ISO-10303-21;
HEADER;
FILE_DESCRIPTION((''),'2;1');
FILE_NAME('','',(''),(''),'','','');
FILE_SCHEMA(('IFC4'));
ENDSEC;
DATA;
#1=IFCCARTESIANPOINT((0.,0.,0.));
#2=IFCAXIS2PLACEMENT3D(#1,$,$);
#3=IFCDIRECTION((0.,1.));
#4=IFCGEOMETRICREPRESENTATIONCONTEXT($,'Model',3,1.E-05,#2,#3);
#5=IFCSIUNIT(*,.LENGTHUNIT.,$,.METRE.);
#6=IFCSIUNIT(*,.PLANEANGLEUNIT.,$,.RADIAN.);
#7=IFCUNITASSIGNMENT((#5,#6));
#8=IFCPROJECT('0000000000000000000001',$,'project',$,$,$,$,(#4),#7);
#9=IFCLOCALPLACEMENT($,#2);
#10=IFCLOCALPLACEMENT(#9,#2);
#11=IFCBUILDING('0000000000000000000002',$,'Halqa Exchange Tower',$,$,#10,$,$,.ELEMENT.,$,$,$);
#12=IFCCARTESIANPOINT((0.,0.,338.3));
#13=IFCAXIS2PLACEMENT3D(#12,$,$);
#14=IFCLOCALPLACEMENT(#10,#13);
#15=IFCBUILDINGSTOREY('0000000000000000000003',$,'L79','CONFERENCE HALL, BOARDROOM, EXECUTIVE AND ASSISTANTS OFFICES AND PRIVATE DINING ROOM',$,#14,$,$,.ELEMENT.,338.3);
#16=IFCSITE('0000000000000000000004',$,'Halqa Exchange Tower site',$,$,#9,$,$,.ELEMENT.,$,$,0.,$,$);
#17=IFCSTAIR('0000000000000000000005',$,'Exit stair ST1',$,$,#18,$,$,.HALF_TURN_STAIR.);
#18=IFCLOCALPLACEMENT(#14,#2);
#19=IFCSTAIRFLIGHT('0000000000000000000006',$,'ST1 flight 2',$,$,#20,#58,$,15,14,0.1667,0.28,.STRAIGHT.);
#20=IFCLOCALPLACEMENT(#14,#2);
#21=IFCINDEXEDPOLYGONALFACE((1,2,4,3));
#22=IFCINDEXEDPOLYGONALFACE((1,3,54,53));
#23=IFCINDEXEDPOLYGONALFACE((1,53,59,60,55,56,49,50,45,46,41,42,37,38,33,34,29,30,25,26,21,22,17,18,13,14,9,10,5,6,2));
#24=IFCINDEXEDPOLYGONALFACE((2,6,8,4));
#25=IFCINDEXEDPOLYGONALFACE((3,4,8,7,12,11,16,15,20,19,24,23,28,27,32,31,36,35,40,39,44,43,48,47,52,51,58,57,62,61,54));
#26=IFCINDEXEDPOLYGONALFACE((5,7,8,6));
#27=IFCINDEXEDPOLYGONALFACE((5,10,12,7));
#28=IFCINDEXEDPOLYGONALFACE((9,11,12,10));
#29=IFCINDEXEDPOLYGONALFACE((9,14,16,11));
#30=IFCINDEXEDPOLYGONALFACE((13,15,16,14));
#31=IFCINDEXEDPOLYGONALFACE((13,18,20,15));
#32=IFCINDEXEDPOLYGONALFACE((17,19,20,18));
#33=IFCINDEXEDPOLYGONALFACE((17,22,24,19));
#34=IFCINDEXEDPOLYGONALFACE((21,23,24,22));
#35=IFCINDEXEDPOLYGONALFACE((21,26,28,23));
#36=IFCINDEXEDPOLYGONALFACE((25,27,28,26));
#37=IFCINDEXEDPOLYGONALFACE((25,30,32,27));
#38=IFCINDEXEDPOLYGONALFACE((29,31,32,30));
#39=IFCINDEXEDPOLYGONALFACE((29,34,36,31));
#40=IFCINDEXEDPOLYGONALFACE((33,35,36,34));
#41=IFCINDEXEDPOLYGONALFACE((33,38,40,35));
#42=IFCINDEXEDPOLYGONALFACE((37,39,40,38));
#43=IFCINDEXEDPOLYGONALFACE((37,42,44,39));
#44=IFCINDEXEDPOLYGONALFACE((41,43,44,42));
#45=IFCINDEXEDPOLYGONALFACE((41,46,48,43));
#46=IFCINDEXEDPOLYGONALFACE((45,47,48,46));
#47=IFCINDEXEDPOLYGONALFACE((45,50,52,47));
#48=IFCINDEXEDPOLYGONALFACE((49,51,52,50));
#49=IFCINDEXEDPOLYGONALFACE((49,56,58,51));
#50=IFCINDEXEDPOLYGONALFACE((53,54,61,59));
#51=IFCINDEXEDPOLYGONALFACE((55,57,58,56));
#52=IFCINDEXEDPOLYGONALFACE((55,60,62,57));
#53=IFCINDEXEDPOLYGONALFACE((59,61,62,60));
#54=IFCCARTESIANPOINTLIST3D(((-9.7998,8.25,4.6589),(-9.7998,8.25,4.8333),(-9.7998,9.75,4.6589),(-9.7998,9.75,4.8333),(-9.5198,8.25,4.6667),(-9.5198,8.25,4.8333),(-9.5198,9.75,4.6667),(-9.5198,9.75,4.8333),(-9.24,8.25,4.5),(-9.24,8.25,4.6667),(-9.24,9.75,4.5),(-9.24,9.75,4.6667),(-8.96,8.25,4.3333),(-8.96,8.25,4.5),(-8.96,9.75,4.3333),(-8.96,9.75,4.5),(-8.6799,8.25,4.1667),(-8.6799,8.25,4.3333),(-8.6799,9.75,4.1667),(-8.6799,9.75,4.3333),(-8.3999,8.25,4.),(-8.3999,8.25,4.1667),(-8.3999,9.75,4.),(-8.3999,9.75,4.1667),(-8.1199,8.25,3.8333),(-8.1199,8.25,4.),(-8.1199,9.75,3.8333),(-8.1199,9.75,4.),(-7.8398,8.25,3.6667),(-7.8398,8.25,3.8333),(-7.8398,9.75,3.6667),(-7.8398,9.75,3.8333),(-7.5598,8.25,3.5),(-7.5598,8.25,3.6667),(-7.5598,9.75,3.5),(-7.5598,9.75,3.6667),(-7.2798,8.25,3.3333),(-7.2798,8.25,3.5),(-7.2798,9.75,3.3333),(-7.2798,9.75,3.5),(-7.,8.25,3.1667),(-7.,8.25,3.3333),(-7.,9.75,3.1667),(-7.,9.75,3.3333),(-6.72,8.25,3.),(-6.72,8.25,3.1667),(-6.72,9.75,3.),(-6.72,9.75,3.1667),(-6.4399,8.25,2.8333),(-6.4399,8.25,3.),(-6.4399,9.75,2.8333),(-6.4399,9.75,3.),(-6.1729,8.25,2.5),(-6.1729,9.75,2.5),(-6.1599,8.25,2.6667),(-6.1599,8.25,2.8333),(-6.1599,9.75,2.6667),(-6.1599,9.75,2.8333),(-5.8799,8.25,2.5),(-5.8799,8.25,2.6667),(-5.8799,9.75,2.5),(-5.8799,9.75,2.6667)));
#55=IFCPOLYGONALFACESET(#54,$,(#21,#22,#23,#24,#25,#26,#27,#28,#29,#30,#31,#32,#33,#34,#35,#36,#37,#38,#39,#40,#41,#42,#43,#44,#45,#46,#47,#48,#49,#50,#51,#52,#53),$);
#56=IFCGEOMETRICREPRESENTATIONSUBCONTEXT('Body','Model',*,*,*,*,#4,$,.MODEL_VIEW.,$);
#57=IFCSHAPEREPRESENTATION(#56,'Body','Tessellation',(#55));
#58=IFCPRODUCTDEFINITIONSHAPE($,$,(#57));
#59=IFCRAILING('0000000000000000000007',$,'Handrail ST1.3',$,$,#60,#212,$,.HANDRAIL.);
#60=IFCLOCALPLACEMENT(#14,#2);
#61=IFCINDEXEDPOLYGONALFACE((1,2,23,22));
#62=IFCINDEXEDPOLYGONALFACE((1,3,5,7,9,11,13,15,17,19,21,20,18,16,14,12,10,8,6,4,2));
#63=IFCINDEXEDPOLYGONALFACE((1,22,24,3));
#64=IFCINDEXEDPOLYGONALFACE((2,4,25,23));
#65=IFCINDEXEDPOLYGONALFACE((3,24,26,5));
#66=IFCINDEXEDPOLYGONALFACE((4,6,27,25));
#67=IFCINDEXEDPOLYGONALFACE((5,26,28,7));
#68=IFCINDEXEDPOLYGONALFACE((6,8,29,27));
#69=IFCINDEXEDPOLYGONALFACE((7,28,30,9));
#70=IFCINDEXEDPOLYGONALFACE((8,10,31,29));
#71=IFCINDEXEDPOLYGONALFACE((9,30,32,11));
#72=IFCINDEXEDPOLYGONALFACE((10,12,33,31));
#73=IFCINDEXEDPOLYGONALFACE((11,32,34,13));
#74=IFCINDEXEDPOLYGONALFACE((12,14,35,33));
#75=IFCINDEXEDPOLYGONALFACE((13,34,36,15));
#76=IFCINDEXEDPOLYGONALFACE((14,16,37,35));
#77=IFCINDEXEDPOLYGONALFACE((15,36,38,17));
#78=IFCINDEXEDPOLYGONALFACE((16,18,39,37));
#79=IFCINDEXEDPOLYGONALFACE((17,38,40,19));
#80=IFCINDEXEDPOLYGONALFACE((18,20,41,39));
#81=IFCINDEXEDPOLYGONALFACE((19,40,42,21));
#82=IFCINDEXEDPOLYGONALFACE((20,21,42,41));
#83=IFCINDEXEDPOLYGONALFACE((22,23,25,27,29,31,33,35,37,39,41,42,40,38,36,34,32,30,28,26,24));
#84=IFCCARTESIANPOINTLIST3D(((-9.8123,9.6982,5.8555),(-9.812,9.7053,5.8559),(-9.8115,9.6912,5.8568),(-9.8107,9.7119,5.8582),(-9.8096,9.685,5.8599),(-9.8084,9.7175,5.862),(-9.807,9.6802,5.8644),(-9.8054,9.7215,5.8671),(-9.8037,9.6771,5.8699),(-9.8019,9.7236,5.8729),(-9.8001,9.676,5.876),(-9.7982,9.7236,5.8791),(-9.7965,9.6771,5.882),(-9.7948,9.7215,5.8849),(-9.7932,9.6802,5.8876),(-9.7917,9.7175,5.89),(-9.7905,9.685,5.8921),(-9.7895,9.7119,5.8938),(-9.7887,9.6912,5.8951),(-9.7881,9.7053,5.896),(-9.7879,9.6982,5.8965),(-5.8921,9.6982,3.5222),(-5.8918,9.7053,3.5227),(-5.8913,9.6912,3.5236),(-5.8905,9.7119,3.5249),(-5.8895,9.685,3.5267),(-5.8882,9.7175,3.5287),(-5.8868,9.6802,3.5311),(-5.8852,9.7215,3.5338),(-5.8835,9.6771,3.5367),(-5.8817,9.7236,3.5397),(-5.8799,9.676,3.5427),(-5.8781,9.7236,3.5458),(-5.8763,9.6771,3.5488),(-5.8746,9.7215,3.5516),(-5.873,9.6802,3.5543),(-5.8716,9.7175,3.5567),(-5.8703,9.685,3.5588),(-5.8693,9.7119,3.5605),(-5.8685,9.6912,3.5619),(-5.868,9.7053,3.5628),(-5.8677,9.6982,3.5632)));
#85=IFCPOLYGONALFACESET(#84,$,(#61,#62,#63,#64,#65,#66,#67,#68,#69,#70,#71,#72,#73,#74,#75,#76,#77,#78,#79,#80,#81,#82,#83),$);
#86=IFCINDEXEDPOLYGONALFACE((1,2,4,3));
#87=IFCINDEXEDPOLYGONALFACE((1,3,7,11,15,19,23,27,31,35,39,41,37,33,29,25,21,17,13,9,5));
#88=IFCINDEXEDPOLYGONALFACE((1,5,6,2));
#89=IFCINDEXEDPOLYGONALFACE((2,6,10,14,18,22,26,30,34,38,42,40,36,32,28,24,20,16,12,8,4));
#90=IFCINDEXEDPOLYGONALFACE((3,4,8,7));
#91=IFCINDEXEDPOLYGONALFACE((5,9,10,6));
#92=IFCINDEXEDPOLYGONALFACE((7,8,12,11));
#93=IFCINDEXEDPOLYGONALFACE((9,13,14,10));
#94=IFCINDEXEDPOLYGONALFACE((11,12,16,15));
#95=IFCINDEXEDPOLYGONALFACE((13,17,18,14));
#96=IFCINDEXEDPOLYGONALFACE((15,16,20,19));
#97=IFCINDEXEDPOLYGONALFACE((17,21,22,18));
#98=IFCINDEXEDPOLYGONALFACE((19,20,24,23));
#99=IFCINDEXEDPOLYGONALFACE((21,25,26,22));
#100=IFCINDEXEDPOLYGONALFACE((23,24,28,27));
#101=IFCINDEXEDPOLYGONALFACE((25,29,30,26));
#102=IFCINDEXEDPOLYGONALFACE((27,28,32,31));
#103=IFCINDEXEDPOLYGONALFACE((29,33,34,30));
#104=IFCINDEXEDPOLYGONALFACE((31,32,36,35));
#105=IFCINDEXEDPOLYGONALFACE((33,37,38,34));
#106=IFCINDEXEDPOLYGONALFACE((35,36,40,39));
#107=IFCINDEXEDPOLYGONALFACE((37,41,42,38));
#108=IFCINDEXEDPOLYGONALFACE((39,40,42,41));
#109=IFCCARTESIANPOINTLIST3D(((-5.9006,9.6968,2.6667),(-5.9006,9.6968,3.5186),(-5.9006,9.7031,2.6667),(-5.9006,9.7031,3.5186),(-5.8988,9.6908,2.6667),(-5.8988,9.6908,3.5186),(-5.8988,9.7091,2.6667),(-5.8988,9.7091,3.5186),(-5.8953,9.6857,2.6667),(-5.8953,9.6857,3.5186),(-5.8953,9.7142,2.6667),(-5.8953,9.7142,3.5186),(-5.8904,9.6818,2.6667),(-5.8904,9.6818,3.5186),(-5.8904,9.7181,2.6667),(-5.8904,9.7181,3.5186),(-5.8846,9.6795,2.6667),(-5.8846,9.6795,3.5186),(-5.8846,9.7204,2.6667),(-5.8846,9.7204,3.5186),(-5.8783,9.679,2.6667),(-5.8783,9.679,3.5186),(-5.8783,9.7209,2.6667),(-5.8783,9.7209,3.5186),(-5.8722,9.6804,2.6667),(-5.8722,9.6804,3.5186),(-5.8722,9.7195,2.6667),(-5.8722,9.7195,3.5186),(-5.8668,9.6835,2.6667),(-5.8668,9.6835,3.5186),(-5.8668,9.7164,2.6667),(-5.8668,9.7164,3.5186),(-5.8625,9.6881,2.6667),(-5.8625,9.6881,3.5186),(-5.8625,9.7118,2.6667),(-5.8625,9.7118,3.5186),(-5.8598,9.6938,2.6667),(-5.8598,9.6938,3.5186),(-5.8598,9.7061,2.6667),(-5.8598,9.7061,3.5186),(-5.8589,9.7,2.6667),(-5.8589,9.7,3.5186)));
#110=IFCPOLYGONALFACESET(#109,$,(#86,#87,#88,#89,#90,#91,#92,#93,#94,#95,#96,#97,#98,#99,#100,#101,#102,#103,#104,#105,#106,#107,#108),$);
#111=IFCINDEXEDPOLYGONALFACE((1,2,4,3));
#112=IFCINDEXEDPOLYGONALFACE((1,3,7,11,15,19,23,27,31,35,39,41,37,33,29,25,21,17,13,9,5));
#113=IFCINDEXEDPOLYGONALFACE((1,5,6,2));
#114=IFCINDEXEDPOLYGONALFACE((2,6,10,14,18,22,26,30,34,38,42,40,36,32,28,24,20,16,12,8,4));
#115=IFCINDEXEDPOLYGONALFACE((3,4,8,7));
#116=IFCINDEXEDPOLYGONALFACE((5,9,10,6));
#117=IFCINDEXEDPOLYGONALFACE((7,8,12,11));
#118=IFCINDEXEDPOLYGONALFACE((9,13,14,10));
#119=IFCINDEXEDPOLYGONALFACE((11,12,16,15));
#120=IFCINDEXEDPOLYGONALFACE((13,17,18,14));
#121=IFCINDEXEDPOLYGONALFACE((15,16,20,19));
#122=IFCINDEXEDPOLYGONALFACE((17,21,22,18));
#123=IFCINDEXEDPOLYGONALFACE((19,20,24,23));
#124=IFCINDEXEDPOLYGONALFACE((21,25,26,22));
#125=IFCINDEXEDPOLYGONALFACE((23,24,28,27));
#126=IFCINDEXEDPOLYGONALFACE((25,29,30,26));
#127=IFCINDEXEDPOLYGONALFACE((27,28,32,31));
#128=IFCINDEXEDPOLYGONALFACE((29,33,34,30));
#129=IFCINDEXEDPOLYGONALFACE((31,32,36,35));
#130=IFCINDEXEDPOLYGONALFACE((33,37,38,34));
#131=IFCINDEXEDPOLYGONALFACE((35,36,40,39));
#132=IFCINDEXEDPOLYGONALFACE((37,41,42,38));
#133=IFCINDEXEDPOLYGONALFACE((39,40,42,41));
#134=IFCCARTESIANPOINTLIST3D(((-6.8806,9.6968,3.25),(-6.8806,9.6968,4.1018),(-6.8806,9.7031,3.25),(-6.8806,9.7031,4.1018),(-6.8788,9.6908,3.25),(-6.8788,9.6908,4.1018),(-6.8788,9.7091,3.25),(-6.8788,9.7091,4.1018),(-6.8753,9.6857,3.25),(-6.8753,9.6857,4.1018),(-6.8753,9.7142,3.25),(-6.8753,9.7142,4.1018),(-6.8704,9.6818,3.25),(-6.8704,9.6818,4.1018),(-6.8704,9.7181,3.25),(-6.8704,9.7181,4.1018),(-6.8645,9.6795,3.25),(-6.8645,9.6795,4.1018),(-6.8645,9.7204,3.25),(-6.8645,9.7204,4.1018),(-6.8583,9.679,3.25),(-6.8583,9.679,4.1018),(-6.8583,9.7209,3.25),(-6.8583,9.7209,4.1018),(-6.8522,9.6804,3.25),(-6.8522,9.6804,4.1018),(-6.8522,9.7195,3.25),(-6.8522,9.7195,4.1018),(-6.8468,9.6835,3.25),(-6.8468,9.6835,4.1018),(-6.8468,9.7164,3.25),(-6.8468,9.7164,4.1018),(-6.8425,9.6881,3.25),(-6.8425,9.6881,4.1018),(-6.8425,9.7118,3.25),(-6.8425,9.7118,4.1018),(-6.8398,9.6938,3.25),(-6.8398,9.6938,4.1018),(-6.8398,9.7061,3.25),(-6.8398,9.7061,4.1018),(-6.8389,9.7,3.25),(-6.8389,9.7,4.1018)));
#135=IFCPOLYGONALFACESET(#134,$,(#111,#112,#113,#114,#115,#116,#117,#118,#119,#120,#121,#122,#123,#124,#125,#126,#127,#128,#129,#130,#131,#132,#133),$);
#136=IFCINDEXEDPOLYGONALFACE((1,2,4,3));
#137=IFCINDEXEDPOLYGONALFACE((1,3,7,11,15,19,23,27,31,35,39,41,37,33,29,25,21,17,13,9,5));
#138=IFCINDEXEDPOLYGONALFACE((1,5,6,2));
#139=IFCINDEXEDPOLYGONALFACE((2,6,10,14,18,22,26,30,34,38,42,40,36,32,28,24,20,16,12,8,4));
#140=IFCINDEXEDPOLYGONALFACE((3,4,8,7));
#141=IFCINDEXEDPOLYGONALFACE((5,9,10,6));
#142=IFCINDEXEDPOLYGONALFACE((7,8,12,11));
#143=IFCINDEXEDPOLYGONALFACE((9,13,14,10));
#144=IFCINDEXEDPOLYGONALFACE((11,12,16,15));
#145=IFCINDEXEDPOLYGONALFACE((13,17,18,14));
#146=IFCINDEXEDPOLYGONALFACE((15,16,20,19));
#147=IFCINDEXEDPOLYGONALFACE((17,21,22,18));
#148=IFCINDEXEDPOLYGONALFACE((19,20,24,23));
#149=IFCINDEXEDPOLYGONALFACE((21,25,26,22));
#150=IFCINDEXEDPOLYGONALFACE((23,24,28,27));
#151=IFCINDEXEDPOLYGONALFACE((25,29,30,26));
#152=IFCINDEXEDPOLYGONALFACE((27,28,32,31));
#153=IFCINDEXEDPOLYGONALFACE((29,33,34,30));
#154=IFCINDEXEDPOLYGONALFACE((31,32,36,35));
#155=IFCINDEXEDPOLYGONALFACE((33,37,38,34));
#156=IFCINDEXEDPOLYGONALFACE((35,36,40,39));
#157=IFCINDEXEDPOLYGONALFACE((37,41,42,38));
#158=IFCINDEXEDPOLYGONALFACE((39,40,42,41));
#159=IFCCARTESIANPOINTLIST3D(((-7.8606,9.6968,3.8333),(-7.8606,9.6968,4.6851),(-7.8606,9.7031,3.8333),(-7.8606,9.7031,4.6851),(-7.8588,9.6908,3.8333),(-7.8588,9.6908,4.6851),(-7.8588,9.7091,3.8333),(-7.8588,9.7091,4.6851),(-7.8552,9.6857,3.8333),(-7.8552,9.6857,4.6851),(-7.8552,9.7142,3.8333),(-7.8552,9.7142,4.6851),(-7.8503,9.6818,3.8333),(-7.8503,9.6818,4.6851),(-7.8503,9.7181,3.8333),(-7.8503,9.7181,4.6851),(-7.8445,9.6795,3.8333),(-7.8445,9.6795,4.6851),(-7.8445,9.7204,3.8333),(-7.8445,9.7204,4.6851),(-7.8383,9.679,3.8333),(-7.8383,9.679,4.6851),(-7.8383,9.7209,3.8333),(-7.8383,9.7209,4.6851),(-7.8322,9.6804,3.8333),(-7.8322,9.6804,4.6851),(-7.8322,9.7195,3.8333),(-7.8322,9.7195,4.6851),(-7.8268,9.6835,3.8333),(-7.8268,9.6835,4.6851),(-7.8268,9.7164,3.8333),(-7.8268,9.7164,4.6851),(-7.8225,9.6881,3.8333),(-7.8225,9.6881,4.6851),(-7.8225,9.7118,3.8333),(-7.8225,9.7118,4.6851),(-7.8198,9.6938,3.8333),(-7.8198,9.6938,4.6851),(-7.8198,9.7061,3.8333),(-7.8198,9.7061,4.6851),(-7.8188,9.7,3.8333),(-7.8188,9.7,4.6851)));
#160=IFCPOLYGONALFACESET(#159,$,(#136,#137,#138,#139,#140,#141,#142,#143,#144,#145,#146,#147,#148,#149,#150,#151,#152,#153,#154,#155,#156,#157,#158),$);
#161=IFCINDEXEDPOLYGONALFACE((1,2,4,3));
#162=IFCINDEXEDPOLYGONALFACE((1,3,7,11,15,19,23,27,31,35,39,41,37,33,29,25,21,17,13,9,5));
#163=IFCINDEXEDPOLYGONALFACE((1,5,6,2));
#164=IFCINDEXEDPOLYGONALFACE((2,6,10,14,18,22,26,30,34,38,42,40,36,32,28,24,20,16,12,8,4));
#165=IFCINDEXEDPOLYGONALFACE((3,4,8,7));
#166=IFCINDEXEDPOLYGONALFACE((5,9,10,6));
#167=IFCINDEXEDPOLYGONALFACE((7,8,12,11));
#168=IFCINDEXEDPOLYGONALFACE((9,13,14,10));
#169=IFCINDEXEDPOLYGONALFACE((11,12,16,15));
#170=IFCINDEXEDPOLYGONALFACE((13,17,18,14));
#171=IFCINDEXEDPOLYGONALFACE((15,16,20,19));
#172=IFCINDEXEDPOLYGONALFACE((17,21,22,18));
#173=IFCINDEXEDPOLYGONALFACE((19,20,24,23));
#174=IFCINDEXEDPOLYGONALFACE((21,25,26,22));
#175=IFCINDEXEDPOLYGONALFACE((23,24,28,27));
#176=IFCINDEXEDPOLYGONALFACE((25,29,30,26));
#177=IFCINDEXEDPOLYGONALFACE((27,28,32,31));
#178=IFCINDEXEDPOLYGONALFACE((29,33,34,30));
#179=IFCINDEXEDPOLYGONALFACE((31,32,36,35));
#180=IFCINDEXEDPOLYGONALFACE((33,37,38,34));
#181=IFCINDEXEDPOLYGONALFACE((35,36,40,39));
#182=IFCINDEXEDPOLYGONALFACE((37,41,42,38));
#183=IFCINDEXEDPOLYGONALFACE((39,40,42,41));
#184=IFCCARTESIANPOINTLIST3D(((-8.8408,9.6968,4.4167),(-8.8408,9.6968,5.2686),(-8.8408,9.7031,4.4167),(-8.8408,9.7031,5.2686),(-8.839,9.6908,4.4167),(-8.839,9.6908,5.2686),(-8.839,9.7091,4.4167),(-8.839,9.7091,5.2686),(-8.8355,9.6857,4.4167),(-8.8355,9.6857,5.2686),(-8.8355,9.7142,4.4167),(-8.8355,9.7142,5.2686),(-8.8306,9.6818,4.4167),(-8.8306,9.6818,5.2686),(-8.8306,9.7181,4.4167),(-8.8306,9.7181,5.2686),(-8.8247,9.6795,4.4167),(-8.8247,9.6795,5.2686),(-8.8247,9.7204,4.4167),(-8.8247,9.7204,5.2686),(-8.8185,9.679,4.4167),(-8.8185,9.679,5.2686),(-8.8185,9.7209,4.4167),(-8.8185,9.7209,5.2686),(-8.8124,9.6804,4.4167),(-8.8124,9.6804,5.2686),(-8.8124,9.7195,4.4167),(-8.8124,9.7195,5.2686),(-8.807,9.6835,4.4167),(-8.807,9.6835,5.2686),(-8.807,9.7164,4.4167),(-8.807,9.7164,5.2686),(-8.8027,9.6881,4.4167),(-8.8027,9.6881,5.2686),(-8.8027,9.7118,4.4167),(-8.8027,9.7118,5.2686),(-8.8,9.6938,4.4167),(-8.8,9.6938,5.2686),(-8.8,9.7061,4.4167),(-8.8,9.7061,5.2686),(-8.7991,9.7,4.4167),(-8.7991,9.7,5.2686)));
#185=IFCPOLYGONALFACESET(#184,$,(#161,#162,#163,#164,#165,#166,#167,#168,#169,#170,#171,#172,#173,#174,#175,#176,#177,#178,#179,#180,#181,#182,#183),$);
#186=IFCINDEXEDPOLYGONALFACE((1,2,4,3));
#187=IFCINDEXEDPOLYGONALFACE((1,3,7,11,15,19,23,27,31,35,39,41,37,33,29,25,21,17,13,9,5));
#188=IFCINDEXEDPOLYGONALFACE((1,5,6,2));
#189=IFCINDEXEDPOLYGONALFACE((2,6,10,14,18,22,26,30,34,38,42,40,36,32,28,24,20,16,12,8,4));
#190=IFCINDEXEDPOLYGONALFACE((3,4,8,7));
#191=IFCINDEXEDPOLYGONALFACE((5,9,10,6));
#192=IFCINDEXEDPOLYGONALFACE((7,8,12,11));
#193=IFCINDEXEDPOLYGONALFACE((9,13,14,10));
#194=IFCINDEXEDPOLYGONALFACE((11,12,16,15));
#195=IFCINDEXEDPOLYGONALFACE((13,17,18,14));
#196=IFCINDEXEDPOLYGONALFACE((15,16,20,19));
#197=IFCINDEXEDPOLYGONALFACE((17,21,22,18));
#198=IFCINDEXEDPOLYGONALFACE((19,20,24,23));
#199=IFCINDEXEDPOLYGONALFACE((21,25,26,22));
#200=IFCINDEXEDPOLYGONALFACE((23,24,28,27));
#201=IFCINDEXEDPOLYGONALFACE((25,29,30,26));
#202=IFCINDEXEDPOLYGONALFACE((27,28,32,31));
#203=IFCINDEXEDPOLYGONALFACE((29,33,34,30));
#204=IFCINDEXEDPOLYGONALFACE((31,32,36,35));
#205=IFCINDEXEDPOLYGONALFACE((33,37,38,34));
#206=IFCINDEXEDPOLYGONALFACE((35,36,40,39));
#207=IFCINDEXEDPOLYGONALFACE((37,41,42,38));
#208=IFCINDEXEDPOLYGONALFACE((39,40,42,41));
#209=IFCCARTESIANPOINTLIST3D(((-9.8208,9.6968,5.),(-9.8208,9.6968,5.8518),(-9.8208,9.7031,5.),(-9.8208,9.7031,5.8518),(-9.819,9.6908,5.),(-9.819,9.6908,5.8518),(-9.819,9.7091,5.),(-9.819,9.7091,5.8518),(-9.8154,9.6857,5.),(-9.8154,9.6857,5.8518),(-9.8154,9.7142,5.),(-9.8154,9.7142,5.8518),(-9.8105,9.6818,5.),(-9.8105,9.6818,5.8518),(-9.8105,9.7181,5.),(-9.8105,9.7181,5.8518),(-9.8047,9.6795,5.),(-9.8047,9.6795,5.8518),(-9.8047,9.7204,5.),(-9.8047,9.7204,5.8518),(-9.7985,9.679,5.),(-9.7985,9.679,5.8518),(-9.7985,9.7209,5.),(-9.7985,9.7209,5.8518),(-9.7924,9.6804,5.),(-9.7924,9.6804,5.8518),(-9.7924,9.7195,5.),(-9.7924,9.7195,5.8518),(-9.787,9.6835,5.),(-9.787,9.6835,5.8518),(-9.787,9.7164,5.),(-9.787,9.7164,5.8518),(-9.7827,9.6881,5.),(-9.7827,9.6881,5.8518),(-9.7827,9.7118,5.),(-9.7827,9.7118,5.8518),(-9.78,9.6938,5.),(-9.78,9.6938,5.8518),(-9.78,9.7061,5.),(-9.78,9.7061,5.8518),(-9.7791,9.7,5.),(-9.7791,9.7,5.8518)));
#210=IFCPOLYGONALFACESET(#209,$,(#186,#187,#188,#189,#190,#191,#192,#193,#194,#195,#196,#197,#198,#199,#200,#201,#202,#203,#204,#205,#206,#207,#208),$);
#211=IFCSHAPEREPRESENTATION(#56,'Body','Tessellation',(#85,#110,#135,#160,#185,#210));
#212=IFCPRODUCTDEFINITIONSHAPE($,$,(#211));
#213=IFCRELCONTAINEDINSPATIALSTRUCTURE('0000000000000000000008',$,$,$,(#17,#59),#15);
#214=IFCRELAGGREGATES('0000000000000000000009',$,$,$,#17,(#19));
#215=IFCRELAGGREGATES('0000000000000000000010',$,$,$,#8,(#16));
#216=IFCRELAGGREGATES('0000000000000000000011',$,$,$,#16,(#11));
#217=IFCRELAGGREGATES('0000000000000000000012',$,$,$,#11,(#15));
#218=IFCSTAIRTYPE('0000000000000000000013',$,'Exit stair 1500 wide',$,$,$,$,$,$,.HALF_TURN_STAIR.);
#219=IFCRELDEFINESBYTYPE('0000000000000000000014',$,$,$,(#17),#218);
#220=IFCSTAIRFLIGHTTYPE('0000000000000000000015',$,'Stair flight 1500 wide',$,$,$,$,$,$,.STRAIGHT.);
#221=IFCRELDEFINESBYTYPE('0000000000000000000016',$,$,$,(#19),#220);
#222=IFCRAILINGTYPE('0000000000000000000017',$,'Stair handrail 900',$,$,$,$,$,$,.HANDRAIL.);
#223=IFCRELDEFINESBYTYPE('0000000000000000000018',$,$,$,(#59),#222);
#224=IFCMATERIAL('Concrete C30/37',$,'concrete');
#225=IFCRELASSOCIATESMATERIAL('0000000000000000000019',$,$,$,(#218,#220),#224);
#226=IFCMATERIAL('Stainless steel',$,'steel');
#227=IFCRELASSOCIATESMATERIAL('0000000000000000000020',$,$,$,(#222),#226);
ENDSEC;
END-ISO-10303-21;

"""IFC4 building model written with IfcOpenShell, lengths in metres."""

from ifc_helpers import new_model, si_unit, direction, frame, origin, origin_2d, place, context, subcontext, project, spatial, polyline, circle, outline, extrude, material, type_object, element, aggregate, save


model = new_model("IFC4")

# Units and contexts
model_context = context("Model", 3, precision=1e-05, world=origin(), true_north=direction((0.0, 1.0)))
body_context = subcontext(model_context, "Body", "Model", "MODEL_VIEW")
ifc_project = project(units=[si_unit("LENGTHUNIT", "METRE"), si_unit("PLANEANGLEUNIT", "RADIAN")], contexts=[model_context])

# Site, building, storey
site_placement = place(None, origin())
site = spatial("IfcSite", under=ifc_project, at=site_placement, Name="Halqa Exchange Tower site", CompositionType="ELEMENT", RefElevation=0.0)
building_placement = place(site_placement, origin())
building = spatial("IfcBuilding", under=site, at=building_placement, Name="Halqa Exchange Tower", CompositionType="ELEMENT")
storey_placement = place(building_placement, frame((0.0, 0.0, 338.3)))
storey = spatial("IfcBuildingStorey", under=building, at=storey_placement, Name="L79", Description="CONFERENCE HALL, BOARDROOM, EXECUTIVE AND ASSISTANTS OFFICES AND PRIVATE DINING ROOM", CompositionType="ELEMENT", Elevation=338.3)

# Shared definitions
ifc_material_1 = material(Name="Concrete C30/37", Category="concrete")

# Stair, stair flight
stair_type = type_object("IfcStairType", Name="Exit stair 1500 wide", PredefinedType="HALF_TURN_STAIR", material=ifc_material_1)
stair_placement = place(storey_placement, origin())
stair = element("IfcStair", 1, at=stair_placement, inside=storey, type_object=stair_type, Name="Exit stair ST1", PredefinedType="HALF_TURN_STAIR")
stair_flight_type = type_object("IfcStairFlightType", Name="Stair flight 1500 wide", PredefinedType="STRAIGHT", material=ifc_material_1)
stair_flight_1_placement = place(storey_placement, frame((-5.8799, 9.0, 2.5), z_axis=(0.0, 0.0, 1.0), x_axis=(-1.0, 0.0, 0.0)))
stair_flight_1 = element("IfcStairFlight", 2, at=stair_flight_1_placement, type_object=stair_flight_type, Name="ST1 flight 2", NumberOfRisers=15, NumberOfTreads=14, PredefinedType="STRAIGHT", RiserHeight=0.1667, TreadLength=0.28, context=body_context, shape_type="SweptSolid", body=[
    extrude(outline(polyline([(0.0, 0.0), (0.0, 0.1667), (0.28, 0.1667), (0.28, 0.3333), (0.5601, 0.3333), (0.5601, 0.5), (0.8401, 0.5), (0.8401, 0.6667), (1.1201, 0.6667), (1.1201, 0.8333), (1.3999, 0.8333), (1.3999, 1.0), (1.6799, 1.0), (1.6799, 1.1667), (1.96, 1.1667), (1.96, 1.3333), (2.24, 1.3333), (2.24, 1.5), (2.52, 1.5), (2.52, 1.6667), (2.8, 1.6667), (2.8, 1.8333), (3.0801, 1.8333), (3.0801, 2.0), (3.3601, 2.0), (3.3601, 2.1667), (3.6399, 2.1667), (3.6399, 2.3333), (3.9199, 2.3333), (3.9199, 2.5), (3.9199, 2.1589), (0.293, 0.0), (0.0, 0.0)])), frame((0.0, 0.75, 0.0), z_axis=(0.0, -1.0, 0.0), x_axis=(1.0, 0.0, 0.0)), (0.0, 0.0, 1.0), 1.5),
])
aggregate(stair, [stair_flight_1])

# Railing
ifc_material_2 = material(Name="Stainless steel", Category="steel")
railing_type = type_object("IfcRailingType", Name="Stair handrail 900", PredefinedType="HANDRAIL", material=ifc_material_2)
railing_1_placement = place(storey_placement, frame((-5.8799, 9.7, 2.6667)))
element("IfcRailing", 3, at=railing_1_placement, inside=storey, type_object=railing_type, Name="Handrail ST1.3", PredefinedType="HANDRAIL", context=body_context, shape_type="SweptSolid", body=[
    extrude(circle(Radius=0.0239, at=origin_2d()), frame((0.0, 0.0, 0.876), z_axis=(-0.85931, 0.0, 0.511455), x_axis=(0.0, -1.0, 0.0)), (0.0, 0.0, 1.0), 4.562),
    extrude(circle(Radius=0.021, at=origin_2d()), origin(), (0.0, 0.0, 1.0), 0.8518),
    extrude(circle(Radius=0.021, at=origin_2d()), frame((-0.98, 0.0, 0.5833)), (0.0, 0.0, 1.0), 0.8518),
    extrude(circle(Radius=0.021, at=origin_2d()), frame((-1.96, 0.0, 1.1665)), (0.0, 0.0, 1.0), 0.8518),
    extrude(circle(Radius=0.021, at=origin_2d()), frame((-2.9402, 0.0, 1.75)), (0.0, 0.0, 1.0), 0.8518),
    extrude(circle(Radius=0.021, at=origin_2d()), frame((-3.9202, 0.0, 2.3333)), (0.0, 0.0, 1.0), 0.8518),
])

save(model, "model.ifc")
